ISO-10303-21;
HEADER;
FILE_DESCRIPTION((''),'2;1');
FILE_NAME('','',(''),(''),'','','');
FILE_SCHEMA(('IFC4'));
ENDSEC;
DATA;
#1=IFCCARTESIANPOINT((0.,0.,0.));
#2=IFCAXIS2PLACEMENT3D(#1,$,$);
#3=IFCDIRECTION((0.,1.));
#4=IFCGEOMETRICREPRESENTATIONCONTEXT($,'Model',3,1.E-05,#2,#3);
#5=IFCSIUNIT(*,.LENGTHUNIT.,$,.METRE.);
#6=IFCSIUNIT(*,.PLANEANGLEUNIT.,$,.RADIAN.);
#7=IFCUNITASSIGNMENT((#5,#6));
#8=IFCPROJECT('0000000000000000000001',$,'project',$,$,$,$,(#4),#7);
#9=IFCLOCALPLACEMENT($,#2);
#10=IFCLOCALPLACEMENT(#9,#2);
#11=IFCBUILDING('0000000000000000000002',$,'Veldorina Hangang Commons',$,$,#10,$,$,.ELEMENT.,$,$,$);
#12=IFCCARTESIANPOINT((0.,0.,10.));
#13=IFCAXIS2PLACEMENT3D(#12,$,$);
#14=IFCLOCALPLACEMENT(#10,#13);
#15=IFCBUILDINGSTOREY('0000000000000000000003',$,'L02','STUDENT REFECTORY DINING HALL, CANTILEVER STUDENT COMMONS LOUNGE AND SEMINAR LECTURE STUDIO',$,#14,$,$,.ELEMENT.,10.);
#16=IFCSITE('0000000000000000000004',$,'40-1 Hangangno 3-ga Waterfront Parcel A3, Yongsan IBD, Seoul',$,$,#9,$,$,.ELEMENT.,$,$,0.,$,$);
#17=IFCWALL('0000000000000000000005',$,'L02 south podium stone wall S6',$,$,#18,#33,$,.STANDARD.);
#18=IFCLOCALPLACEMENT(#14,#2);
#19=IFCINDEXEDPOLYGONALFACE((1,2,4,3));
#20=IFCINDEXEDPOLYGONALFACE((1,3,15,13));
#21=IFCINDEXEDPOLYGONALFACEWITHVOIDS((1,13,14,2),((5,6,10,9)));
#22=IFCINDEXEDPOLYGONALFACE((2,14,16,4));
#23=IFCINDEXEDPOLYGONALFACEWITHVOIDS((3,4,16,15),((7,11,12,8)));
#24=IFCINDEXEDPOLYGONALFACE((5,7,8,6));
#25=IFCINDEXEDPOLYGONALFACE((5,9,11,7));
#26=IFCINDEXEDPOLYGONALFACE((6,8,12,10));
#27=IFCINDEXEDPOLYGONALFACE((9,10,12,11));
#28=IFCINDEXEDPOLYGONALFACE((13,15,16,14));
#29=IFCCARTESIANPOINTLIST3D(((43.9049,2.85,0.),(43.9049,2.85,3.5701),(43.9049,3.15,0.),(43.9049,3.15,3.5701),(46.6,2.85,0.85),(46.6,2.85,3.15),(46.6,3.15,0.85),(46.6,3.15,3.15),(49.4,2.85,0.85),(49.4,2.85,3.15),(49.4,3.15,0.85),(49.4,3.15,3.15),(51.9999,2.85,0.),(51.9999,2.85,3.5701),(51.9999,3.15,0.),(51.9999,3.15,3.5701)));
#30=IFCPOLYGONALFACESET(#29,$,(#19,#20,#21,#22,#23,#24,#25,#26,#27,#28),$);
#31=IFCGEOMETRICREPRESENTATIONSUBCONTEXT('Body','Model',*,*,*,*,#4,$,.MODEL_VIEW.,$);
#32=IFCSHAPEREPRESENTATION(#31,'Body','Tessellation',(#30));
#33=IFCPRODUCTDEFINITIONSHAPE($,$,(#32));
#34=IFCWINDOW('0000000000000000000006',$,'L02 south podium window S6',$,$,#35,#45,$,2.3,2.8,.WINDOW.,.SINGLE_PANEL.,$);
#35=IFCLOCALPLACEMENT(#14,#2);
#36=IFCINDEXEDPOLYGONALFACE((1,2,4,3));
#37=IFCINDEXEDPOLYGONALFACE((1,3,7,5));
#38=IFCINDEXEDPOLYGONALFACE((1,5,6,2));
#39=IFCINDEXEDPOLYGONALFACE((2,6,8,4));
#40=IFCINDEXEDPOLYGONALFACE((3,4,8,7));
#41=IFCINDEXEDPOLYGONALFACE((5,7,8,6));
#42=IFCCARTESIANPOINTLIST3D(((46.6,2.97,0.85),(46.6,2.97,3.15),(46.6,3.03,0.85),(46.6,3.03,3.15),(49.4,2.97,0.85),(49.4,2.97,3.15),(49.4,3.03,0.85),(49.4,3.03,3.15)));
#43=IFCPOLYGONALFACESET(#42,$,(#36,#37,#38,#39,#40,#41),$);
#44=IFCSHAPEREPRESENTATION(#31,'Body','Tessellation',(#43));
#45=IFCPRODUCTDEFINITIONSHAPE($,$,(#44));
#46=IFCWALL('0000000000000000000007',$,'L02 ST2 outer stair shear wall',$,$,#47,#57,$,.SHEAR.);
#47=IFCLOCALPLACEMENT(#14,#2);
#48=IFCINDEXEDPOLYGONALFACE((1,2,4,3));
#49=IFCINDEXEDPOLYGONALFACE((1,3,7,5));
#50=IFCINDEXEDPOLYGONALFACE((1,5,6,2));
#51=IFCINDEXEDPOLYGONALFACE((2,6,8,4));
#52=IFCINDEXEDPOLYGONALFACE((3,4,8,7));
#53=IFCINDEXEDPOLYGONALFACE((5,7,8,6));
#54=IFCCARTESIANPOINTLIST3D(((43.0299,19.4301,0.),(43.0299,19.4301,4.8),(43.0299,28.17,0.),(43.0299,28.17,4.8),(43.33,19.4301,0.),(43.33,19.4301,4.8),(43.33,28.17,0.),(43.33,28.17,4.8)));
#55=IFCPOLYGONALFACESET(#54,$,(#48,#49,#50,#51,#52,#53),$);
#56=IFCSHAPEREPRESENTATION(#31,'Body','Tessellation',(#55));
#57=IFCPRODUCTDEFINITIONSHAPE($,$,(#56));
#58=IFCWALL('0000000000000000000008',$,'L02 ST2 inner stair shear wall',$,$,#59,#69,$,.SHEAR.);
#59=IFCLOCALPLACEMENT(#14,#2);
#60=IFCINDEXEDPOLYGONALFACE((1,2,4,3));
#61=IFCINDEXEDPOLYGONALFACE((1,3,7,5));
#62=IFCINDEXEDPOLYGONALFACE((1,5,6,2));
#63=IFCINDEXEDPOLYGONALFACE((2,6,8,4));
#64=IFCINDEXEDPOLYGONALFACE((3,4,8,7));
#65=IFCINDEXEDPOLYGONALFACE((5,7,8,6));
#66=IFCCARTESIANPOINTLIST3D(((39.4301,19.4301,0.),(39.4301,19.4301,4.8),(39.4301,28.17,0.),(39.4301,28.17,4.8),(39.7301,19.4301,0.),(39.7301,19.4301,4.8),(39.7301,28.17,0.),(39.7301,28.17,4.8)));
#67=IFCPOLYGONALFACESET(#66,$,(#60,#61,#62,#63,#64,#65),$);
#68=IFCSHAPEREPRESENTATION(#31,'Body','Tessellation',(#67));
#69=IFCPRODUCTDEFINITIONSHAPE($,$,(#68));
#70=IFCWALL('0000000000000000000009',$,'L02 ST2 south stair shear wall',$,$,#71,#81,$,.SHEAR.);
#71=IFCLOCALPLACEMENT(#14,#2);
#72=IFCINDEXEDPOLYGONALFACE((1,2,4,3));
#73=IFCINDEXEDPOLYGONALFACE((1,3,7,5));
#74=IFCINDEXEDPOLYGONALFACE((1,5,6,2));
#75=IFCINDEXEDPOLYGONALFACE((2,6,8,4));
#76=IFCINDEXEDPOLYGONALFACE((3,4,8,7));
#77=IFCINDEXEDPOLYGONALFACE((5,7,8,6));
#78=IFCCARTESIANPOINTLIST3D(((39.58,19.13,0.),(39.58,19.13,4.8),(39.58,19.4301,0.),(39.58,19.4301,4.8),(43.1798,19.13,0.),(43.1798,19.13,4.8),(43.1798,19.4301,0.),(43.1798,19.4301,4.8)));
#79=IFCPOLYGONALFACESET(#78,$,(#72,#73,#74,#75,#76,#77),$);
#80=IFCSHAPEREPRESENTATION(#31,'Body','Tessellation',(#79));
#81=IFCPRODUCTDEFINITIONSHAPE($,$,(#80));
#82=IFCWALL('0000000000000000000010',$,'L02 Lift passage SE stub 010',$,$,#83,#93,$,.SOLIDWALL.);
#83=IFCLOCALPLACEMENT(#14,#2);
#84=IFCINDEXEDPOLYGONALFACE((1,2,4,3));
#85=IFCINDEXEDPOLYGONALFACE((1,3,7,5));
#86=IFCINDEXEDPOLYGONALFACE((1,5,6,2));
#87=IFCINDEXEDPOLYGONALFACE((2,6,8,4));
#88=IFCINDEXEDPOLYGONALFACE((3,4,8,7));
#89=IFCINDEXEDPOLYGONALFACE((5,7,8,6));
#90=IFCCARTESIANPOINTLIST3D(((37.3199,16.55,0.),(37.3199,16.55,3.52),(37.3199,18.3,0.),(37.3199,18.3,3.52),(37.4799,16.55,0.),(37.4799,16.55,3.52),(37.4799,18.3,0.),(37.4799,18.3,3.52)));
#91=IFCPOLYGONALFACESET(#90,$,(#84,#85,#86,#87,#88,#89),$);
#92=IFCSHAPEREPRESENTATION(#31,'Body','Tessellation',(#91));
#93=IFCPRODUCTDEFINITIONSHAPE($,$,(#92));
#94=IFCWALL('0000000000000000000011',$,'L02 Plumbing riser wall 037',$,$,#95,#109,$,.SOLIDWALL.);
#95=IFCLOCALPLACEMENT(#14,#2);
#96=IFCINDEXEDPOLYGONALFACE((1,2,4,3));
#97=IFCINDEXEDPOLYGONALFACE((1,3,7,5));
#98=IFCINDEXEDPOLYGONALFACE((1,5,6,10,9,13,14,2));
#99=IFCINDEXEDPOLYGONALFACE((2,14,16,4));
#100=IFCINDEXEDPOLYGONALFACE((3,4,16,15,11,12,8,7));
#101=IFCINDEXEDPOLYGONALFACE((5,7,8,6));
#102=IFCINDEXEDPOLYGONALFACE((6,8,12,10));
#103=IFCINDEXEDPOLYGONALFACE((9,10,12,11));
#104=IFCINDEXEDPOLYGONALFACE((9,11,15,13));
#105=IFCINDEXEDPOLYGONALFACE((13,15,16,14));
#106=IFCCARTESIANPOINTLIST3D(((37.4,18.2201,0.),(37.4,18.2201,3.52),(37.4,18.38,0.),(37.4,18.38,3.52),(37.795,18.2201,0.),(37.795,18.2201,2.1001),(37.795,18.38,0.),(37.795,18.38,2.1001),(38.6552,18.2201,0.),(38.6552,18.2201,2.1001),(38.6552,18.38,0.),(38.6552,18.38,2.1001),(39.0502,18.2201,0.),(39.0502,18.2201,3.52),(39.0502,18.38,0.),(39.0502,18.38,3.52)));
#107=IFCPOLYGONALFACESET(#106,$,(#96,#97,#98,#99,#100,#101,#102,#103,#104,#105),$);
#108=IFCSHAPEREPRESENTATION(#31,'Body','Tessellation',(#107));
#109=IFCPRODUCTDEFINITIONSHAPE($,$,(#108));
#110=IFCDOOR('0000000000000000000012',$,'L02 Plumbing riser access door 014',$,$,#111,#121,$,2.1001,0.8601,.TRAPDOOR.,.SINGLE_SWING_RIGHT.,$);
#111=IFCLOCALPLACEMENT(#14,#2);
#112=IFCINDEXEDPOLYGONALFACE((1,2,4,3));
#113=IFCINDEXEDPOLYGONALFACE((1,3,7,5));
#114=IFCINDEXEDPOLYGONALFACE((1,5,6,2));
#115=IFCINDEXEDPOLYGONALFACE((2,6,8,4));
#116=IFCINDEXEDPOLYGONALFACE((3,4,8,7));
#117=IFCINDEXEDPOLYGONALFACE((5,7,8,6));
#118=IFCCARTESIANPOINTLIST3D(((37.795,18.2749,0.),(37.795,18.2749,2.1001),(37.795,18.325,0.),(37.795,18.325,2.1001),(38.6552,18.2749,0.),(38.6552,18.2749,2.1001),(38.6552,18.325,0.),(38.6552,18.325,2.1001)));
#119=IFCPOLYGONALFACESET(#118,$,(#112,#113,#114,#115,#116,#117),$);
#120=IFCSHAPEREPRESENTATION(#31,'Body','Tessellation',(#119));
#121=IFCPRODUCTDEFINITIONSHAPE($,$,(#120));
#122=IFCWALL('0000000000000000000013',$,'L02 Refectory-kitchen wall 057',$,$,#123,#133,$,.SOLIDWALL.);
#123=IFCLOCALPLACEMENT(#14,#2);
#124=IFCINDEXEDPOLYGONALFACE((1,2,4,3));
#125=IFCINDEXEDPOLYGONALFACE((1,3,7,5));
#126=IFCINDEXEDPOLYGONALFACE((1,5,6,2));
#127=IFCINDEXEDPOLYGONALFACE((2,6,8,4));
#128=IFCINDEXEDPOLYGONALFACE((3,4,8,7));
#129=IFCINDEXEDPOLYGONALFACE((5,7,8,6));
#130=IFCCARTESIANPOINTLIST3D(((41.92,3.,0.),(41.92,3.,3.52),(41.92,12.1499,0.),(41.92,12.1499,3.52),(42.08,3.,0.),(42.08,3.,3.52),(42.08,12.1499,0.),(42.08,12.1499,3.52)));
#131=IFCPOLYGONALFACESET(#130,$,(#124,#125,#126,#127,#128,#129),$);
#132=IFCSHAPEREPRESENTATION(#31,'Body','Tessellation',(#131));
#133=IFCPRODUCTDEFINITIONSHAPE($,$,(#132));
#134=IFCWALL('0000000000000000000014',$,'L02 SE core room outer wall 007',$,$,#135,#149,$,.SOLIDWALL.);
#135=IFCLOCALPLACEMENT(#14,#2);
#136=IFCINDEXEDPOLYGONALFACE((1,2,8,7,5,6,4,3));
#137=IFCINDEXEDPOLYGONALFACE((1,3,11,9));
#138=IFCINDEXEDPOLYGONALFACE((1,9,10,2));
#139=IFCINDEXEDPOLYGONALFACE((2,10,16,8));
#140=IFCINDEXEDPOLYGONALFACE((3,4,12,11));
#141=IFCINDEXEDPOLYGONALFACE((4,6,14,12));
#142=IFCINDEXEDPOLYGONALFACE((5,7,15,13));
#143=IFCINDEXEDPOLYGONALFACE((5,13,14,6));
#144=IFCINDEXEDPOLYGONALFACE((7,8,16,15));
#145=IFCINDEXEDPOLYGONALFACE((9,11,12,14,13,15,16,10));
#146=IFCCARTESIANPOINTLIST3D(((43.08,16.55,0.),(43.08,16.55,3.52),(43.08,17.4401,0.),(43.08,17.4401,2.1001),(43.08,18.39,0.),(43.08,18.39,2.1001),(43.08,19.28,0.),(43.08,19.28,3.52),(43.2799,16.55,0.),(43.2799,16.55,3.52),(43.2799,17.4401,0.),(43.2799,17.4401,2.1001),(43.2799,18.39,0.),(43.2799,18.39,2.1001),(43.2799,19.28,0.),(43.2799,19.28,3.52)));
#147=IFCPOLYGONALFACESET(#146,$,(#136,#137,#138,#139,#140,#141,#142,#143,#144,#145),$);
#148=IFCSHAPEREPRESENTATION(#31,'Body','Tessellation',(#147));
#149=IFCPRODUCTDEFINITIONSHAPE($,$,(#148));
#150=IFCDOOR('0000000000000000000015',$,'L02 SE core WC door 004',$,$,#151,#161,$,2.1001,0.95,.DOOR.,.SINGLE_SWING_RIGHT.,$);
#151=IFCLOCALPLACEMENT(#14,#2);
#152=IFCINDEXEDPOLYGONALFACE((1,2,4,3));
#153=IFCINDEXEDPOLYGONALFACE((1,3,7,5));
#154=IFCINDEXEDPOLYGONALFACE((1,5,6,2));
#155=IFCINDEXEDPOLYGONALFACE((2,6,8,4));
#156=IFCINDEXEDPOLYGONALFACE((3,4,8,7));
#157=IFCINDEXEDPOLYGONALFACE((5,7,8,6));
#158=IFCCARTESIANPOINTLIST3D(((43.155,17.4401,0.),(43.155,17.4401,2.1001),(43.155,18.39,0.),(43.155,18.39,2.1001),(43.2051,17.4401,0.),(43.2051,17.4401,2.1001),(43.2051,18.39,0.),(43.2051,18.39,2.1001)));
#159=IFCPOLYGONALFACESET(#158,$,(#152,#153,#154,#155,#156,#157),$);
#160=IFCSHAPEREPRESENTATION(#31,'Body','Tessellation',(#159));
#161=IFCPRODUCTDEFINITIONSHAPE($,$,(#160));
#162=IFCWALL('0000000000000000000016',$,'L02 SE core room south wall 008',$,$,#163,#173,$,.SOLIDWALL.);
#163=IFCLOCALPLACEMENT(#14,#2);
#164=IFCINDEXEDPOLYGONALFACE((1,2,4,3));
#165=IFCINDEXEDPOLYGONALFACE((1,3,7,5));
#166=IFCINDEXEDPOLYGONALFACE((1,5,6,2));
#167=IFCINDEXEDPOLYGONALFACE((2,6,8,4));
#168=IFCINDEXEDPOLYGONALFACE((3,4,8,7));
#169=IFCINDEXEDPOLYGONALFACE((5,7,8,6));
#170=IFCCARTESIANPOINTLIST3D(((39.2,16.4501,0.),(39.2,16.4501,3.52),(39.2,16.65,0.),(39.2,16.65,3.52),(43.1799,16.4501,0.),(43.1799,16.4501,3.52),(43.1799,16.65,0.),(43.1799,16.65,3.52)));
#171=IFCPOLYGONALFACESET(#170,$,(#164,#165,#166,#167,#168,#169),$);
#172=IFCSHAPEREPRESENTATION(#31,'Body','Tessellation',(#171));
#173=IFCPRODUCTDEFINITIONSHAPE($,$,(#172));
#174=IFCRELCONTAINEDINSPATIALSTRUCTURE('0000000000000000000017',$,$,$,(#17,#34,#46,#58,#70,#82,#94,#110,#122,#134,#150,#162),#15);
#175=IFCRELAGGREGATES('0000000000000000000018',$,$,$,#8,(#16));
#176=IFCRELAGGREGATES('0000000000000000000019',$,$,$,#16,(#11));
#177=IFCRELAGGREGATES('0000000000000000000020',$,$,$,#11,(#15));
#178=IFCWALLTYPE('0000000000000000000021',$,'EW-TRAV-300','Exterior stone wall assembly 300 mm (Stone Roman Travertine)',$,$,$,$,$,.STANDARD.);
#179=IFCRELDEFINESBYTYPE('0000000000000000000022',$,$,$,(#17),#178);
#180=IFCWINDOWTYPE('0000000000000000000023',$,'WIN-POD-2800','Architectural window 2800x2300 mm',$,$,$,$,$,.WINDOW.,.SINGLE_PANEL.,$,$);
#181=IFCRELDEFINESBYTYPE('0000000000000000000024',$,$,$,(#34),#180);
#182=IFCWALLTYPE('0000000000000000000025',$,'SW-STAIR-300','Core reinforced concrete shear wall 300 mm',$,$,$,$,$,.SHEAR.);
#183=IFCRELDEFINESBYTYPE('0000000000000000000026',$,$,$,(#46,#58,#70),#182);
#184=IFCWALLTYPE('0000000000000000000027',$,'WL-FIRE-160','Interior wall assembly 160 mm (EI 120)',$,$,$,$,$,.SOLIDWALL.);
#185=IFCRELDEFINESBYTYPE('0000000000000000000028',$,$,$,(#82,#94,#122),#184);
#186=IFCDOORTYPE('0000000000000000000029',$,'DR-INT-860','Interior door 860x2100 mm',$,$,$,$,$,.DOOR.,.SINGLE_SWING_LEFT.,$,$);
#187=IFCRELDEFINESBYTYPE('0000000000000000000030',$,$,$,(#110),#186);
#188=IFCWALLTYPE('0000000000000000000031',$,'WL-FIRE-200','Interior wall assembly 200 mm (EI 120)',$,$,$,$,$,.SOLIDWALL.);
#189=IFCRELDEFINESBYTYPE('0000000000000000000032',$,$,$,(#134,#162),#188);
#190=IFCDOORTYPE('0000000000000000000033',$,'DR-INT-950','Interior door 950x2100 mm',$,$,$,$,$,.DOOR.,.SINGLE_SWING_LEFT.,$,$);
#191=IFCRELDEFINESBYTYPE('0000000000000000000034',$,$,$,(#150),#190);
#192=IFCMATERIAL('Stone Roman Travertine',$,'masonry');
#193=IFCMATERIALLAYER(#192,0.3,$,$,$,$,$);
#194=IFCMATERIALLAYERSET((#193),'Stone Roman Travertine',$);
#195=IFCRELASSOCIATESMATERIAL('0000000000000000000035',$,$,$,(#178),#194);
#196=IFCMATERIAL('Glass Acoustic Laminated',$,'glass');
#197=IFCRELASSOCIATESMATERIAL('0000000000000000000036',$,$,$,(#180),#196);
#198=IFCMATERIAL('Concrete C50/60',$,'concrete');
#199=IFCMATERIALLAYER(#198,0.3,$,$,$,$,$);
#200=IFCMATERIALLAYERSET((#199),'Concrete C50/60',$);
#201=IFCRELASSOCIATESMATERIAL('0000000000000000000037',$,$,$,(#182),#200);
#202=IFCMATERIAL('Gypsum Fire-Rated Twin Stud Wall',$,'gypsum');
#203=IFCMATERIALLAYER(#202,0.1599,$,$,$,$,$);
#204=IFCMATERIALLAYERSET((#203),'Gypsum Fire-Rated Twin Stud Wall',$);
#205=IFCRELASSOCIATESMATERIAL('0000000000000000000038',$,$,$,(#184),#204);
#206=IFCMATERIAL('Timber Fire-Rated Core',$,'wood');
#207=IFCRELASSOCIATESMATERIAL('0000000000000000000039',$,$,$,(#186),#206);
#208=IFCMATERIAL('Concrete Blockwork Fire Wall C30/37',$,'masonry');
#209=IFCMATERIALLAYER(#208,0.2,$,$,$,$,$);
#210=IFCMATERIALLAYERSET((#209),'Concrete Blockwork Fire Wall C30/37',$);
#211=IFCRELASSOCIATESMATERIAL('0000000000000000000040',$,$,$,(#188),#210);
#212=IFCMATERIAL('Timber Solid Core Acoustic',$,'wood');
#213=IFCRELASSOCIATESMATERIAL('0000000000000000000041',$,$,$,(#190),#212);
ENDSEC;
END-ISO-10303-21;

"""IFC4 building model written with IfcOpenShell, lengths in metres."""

from ifc_helpers import new_model, si_unit, direction, frame, frame_2d, origin, place, context, subcontext, project, spatial, rectangle, extrude, material, layer, layer_set, type_object, element, fill, save


model = new_model("IFC4")

# Units and contexts
model_context = context("Model", 3, precision=1e-05, world=origin(), true_north=direction((0.0, 1.0)))
body_context = subcontext(model_context, "Body", "Model", "MODEL_VIEW")
ifc_project = project(units=[si_unit("LENGTHUNIT", "METRE"), si_unit("PLANEANGLEUNIT", "RADIAN")], contexts=[model_context])

# Site, building, storey
site_placement = place(None, origin())
site = spatial("IfcSite", under=ifc_project, at=site_placement, Name="40-1 Hangangno 3-ga Waterfront Parcel A3, Yongsan IBD, Seoul", CompositionType="ELEMENT", RefElevation=0.0)
building_placement = place(site_placement, origin())
building = spatial("IfcBuilding", under=site, at=building_placement, Name="Veldorina Hangang Commons", CompositionType="ELEMENT")
storey_placement = place(building_placement, frame((0.0, 0.0, 10.0)))
storey = spatial("IfcBuildingStorey", under=building, at=storey_placement, Name="L02", Description="STUDENT REFECTORY DINING HALL, CANTILEVER STUDENT COMMONS LOUNGE AND SEMINAR LECTURE STUDIO", CompositionType="ELEMENT", Elevation=10.0)

# Shared definitions
ifc_material_1 = material(Name="Stone Roman Travertine", Category="masonry")

# Wall, opening, window
ifc_layer_1 = layer(ifc_material_1, 0.3)
ifc_layer_set_1 = layer_set([ifc_layer_1], Name="Stone Roman Travertine")
wall_type_1 = type_object("IfcWallType", Name="EW-TRAV-300", Description="Exterior stone wall assembly 300 mm (Stone Roman Travertine)", PredefinedType="STANDARD", material=ifc_layer_set_1)
wall_1_placement = place(storey_placement, frame((43.905, 3.0, 0.0), z_axis=(0.0, 0.0, 1.0), x_axis=(1.0, 0.0, 0.0)))
wall_1 = element("IfcWall", 1, at=wall_1_placement, inside=storey, type_object=wall_type_1, Name="L02 south podium stone wall S6", PredefinedType="STANDARD", context=body_context, shape_type="SweptSolid", body=[
    extrude(rectangle(XDim=8.095, YDim=0.3, at=frame_2d((4.0474, 0.0))), origin(), (0.0, 0.0, 1.0), 3.5701),
])
opening_1_placement = place(wall_1_placement, frame((2.6951, 0.0, 0.8501)))
opening_1 = element("IfcOpeningElement", 2, at=opening_1_placement, cuts=wall_1, PredefinedType="OPENING", context=body_context, shape_type="SweptSolid", body=[
    extrude(rectangle(XDim=2.8, YDim=2.3, at=frame_2d((1.3999, 1.1499))), frame((0.0, 0.1602, 0.0), z_axis=(0.0, -1.0, 0.0), x_axis=(1.0, 0.0, 0.0)), (0.0, 0.0, 1.0), 0.3201),
])
ifc_material_2 = material(Name="Glass Acoustic Laminated", Category="glass")
window_type = type_object("IfcWindowType", Name="WIN-POD-2800", Description="Architectural window 2800x2300 mm", PartitioningType="SINGLE_PANEL", PredefinedType="WINDOW", material=ifc_material_2)
window_placement = place(opening_1_placement, origin())
window = element("IfcWindow", 3, at=window_placement, inside=storey, type_object=window_type, Name="L02 south podium window S6", OverallHeight=2.3, OverallWidth=2.8, PartitioningType="SINGLE_PANEL", PredefinedType="WINDOW", context=body_context, shape_type="SweptSolid", body=[
    extrude(rectangle(XDim=2.8, YDim=2.3, at=frame_2d((1.3999, 1.1499))), frame((0.0, 0.03, 0.0), z_axis=(0.0, -1.0, 0.0), x_axis=(1.0, 0.0, 0.0)), (0.0, 0.0, 1.0), 0.0601),
])
fill(opening_1, window)

# Walls
ifc_material_3 = material(Name="Concrete C50/60", Category="concrete")
ifc_layer_2 = layer(ifc_material_3, 0.3)
ifc_layer_set_2 = layer_set([ifc_layer_2], Name="Concrete C50/60")
wall_type_2 = type_object("IfcWallType", Name="SW-STAIR-300", Description="Core reinforced concrete shear wall 300 mm", PredefinedType="SHEAR", material=ifc_layer_set_2)
for number, where, z_axis, x_axis, name in (
    (4, (43.1799, 19.4299, 0.0), (0.0, 0.0, 1.0), (0.0, 1.0, 0.0), "L02 ST2 outer stair shear wall"),
    (5, (39.5801, 19.4299, 0.0), (0.0, 0.0, 1.0), (0.0, 1.0, 0.0), "L02 ST2 inner stair shear wall"),
):
    element("IfcWall", number, at=place(storey_placement, frame(where, z_axis=z_axis, x_axis=x_axis)), inside=storey, type_object=wall_type_2, Name=name, PredefinedType="SHEAR", context=body_context, shape_type="SweptSolid", body=[
        extrude(rectangle(XDim=8.74, YDim=0.3, at=frame_2d((4.3701, 0.0))), origin(), (0.0, 0.0, 1.0), 4.8),
    ])
wall_2_placement = place(storey_placement, frame((39.5801, 19.28, 0.0), z_axis=(0.0, 0.0, 1.0), x_axis=(1.0, 0.0, 0.0)))
element("IfcWall", 6, at=wall_2_placement, inside=storey, type_object=wall_type_2, Name="L02 ST2 south stair shear wall", PredefinedType="SHEAR", context=body_context, shape_type="SweptSolid", body=[
    extrude(rectangle(XDim=3.5999, YDim=0.3, at=frame_2d((1.7998, 0.0))), origin(), (0.0, 0.0, 1.0), 4.8),
])
ifc_material_4 = material(Name="Gypsum Fire-Rated Twin Stud Wall", Category="gypsum")
ifc_layer_3 = layer(ifc_material_4, 0.1599)
ifc_layer_set_3 = layer_set([ifc_layer_3], Name="Gypsum Fire-Rated Twin Stud Wall")
wall_type_3 = type_object("IfcWallType", Name="WL-FIRE-160", Description="Interior wall assembly 160 mm (EI 120)", PredefinedType="SOLIDWALL", material=ifc_layer_set_3)
wall_3_placement = place(storey_placement, frame((37.3999, 16.55, 0.0), z_axis=(0.0, 0.0, 1.0), x_axis=(0.0, 1.0, 0.0)))
element("IfcWall", 7, at=wall_3_placement, inside=storey, type_object=wall_type_3, Name="L02 Lift passage SE stub 010", PredefinedType="SOLIDWALL", context=body_context, shape_type="SweptSolid", body=[
    extrude(rectangle(XDim=1.75, YDim=0.1599, at=frame_2d((0.875, 0.0))), origin(), (0.0, 0.0, 1.0), 3.52),
])

# Wall, opening, door
wall_4_placement = place(storey_placement, frame((37.3999, 18.3, 0.0), z_axis=(0.0, 0.0, 1.0), x_axis=(1.0, 0.0, 0.0)))
wall_4 = element("IfcWall", 8, at=wall_4_placement, inside=storey, type_object=wall_type_3, Name="L02 Plumbing riser wall 037", PredefinedType="SOLIDWALL", context=body_context, shape_type="SweptSolid", body=[
    extrude(rectangle(XDim=1.6501, YDim=0.1599, at=frame_2d((0.8252, 0.0))), origin(), (0.0, 0.0, 1.0), 3.52),
])
opening_2_placement = place(wall_4_placement, frame((0.395, 0.0, 0.0)))
opening_2 = element("IfcOpeningElement", 9, at=opening_2_placement, cuts=wall_4, PredefinedType="OPENING", context=body_context, shape_type="SweptSolid", body=[
    extrude(rectangle(XDim=0.8601, YDim=2.1001, at=frame_2d((0.4302, 1.05))), frame((0.0, 0.0898, 0.0), z_axis=(0.0, -1.0, 0.0), x_axis=(1.0, 0.0, 0.0)), (0.0, 0.0, 1.0), 0.1799),
])
ifc_material_5 = material(Name="Timber Fire-Rated Core", Category="wood")
door_type_1 = type_object("IfcDoorType", Name="DR-INT-860", Description="Interior door 860x2100 mm", OperationType="SINGLE_SWING_LEFT", PredefinedType="DOOR", material=ifc_material_5)
door_1_placement = place(opening_2_placement, origin())
door_1 = element("IfcDoor", 10, at=door_1_placement, inside=storey, type_object=door_type_1, Name="L02 Plumbing riser access door 014", OperationType="SINGLE_SWING_RIGHT", OverallHeight=2.1001, OverallWidth=0.8601, PredefinedType="TRAPDOOR", context=body_context, shape_type="SweptSolid", body=[
    extrude(rectangle(XDim=0.8601, YDim=2.1001, at=frame_2d((0.4302, 1.05))), frame((0.0, 0.0249, 0.0), z_axis=(0.0, -1.0, 0.0), x_axis=(1.0, 0.0, 0.0)), (0.0, 0.0, 1.0), 0.05),
])
fill(opening_2, door_1)

# Wall
wall_5_placement = place(storey_placement, frame((42.0, 3.0, 0.0), z_axis=(0.0, 0.0, 1.0), x_axis=(0.0, 1.0, 0.0)))
element("IfcWall", 11, at=wall_5_placement, inside=storey, type_object=wall_type_3, Name="L02 Refectory-kitchen wall 057", PredefinedType="SOLIDWALL", context=body_context, shape_type="SweptSolid", body=[
    extrude(rectangle(XDim=9.1499, YDim=0.1599, at=frame_2d((4.575, 0.0))), origin(), (0.0, 0.0, 1.0), 3.52),
])

# Wall, opening, door
ifc_material_6 = material(Name="Concrete Blockwork Fire Wall C30/37", Category="masonry")
ifc_layer_4 = layer(ifc_material_6, 0.2)
ifc_layer_set_4 = layer_set([ifc_layer_4], Name="Concrete Blockwork Fire Wall C30/37")
wall_type_4 = type_object("IfcWallType", Name="WL-FIRE-200", Description="Interior wall assembly 200 mm (EI 120)", PredefinedType="SOLIDWALL", material=ifc_layer_set_4)
wall_6_placement = place(storey_placement, frame((43.1799, 16.55, 0.0), z_axis=(0.0, 0.0, 1.0), x_axis=(0.0, 1.0, 0.0)))
wall_6 = element("IfcWall", 12, at=wall_6_placement, inside=storey, type_object=wall_type_4, Name="L02 SE core room outer wall 007", PredefinedType="SOLIDWALL", context=body_context, shape_type="SweptSolid", body=[
    extrude(rectangle(XDim=2.73, YDim=0.2, at=frame_2d((1.365, 0.0))), origin(), (0.0, 0.0, 1.0), 3.52),
])
opening_3_placement = place(wall_6_placement, frame((0.8899, 0.0, 0.0)))
opening_3 = element("IfcOpeningElement", 13, at=opening_3_placement, cuts=wall_6, PredefinedType="OPENING", context=body_context, shape_type="SweptSolid", body=[
    extrude(rectangle(XDim=0.95, YDim=2.1001, at=frame_2d((0.4751, 1.05))), frame((0.0, 0.1099, 0.0), z_axis=(0.0, -1.0, 0.0), x_axis=(1.0, 0.0, 0.0)), (0.0, 0.0, 1.0), 0.22),
])
ifc_material_7 = material(Name="Timber Solid Core Acoustic", Category="wood")
door_type_2 = type_object("IfcDoorType", Name="DR-INT-950", Description="Interior door 950x2100 mm", OperationType="SINGLE_SWING_LEFT", PredefinedType="DOOR", material=ifc_material_7)
door_2_placement = place(opening_3_placement, origin())
door_2 = element("IfcDoor", 14, at=door_2_placement, inside=storey, type_object=door_type_2, Name="L02 SE core WC door 004", OperationType="SINGLE_SWING_RIGHT", OverallHeight=2.1001, OverallWidth=0.95, PredefinedType="DOOR", context=body_context, shape_type="SweptSolid", body=[
    extrude(rectangle(XDim=0.95, YDim=2.1001, at=frame_2d((0.4751, 1.05))), frame((0.0, 0.0249, 0.0), z_axis=(0.0, -1.0, 0.0), x_axis=(1.0, 0.0, 0.0)), (0.0, 0.0, 1.0), 0.05),
])
fill(opening_3, door_2)

# Wall
wall_7_placement = place(storey_placement, frame((39.2, 16.55, 0.0), z_axis=(0.0, 0.0, 1.0), x_axis=(1.0, 0.0, 0.0)))
element("IfcWall", 15, at=wall_7_placement, inside=storey, type_object=wall_type_4, Name="L02 SE core room south wall 008", PredefinedType="SOLIDWALL", context=body_context, shape_type="SweptSolid", body=[
    extrude(rectangle(XDim=3.98, YDim=0.2, at=frame_2d((1.99, 0.0))), origin(), (0.0, 0.0, 1.0), 3.52),
])

save(model, "model.ifc")
